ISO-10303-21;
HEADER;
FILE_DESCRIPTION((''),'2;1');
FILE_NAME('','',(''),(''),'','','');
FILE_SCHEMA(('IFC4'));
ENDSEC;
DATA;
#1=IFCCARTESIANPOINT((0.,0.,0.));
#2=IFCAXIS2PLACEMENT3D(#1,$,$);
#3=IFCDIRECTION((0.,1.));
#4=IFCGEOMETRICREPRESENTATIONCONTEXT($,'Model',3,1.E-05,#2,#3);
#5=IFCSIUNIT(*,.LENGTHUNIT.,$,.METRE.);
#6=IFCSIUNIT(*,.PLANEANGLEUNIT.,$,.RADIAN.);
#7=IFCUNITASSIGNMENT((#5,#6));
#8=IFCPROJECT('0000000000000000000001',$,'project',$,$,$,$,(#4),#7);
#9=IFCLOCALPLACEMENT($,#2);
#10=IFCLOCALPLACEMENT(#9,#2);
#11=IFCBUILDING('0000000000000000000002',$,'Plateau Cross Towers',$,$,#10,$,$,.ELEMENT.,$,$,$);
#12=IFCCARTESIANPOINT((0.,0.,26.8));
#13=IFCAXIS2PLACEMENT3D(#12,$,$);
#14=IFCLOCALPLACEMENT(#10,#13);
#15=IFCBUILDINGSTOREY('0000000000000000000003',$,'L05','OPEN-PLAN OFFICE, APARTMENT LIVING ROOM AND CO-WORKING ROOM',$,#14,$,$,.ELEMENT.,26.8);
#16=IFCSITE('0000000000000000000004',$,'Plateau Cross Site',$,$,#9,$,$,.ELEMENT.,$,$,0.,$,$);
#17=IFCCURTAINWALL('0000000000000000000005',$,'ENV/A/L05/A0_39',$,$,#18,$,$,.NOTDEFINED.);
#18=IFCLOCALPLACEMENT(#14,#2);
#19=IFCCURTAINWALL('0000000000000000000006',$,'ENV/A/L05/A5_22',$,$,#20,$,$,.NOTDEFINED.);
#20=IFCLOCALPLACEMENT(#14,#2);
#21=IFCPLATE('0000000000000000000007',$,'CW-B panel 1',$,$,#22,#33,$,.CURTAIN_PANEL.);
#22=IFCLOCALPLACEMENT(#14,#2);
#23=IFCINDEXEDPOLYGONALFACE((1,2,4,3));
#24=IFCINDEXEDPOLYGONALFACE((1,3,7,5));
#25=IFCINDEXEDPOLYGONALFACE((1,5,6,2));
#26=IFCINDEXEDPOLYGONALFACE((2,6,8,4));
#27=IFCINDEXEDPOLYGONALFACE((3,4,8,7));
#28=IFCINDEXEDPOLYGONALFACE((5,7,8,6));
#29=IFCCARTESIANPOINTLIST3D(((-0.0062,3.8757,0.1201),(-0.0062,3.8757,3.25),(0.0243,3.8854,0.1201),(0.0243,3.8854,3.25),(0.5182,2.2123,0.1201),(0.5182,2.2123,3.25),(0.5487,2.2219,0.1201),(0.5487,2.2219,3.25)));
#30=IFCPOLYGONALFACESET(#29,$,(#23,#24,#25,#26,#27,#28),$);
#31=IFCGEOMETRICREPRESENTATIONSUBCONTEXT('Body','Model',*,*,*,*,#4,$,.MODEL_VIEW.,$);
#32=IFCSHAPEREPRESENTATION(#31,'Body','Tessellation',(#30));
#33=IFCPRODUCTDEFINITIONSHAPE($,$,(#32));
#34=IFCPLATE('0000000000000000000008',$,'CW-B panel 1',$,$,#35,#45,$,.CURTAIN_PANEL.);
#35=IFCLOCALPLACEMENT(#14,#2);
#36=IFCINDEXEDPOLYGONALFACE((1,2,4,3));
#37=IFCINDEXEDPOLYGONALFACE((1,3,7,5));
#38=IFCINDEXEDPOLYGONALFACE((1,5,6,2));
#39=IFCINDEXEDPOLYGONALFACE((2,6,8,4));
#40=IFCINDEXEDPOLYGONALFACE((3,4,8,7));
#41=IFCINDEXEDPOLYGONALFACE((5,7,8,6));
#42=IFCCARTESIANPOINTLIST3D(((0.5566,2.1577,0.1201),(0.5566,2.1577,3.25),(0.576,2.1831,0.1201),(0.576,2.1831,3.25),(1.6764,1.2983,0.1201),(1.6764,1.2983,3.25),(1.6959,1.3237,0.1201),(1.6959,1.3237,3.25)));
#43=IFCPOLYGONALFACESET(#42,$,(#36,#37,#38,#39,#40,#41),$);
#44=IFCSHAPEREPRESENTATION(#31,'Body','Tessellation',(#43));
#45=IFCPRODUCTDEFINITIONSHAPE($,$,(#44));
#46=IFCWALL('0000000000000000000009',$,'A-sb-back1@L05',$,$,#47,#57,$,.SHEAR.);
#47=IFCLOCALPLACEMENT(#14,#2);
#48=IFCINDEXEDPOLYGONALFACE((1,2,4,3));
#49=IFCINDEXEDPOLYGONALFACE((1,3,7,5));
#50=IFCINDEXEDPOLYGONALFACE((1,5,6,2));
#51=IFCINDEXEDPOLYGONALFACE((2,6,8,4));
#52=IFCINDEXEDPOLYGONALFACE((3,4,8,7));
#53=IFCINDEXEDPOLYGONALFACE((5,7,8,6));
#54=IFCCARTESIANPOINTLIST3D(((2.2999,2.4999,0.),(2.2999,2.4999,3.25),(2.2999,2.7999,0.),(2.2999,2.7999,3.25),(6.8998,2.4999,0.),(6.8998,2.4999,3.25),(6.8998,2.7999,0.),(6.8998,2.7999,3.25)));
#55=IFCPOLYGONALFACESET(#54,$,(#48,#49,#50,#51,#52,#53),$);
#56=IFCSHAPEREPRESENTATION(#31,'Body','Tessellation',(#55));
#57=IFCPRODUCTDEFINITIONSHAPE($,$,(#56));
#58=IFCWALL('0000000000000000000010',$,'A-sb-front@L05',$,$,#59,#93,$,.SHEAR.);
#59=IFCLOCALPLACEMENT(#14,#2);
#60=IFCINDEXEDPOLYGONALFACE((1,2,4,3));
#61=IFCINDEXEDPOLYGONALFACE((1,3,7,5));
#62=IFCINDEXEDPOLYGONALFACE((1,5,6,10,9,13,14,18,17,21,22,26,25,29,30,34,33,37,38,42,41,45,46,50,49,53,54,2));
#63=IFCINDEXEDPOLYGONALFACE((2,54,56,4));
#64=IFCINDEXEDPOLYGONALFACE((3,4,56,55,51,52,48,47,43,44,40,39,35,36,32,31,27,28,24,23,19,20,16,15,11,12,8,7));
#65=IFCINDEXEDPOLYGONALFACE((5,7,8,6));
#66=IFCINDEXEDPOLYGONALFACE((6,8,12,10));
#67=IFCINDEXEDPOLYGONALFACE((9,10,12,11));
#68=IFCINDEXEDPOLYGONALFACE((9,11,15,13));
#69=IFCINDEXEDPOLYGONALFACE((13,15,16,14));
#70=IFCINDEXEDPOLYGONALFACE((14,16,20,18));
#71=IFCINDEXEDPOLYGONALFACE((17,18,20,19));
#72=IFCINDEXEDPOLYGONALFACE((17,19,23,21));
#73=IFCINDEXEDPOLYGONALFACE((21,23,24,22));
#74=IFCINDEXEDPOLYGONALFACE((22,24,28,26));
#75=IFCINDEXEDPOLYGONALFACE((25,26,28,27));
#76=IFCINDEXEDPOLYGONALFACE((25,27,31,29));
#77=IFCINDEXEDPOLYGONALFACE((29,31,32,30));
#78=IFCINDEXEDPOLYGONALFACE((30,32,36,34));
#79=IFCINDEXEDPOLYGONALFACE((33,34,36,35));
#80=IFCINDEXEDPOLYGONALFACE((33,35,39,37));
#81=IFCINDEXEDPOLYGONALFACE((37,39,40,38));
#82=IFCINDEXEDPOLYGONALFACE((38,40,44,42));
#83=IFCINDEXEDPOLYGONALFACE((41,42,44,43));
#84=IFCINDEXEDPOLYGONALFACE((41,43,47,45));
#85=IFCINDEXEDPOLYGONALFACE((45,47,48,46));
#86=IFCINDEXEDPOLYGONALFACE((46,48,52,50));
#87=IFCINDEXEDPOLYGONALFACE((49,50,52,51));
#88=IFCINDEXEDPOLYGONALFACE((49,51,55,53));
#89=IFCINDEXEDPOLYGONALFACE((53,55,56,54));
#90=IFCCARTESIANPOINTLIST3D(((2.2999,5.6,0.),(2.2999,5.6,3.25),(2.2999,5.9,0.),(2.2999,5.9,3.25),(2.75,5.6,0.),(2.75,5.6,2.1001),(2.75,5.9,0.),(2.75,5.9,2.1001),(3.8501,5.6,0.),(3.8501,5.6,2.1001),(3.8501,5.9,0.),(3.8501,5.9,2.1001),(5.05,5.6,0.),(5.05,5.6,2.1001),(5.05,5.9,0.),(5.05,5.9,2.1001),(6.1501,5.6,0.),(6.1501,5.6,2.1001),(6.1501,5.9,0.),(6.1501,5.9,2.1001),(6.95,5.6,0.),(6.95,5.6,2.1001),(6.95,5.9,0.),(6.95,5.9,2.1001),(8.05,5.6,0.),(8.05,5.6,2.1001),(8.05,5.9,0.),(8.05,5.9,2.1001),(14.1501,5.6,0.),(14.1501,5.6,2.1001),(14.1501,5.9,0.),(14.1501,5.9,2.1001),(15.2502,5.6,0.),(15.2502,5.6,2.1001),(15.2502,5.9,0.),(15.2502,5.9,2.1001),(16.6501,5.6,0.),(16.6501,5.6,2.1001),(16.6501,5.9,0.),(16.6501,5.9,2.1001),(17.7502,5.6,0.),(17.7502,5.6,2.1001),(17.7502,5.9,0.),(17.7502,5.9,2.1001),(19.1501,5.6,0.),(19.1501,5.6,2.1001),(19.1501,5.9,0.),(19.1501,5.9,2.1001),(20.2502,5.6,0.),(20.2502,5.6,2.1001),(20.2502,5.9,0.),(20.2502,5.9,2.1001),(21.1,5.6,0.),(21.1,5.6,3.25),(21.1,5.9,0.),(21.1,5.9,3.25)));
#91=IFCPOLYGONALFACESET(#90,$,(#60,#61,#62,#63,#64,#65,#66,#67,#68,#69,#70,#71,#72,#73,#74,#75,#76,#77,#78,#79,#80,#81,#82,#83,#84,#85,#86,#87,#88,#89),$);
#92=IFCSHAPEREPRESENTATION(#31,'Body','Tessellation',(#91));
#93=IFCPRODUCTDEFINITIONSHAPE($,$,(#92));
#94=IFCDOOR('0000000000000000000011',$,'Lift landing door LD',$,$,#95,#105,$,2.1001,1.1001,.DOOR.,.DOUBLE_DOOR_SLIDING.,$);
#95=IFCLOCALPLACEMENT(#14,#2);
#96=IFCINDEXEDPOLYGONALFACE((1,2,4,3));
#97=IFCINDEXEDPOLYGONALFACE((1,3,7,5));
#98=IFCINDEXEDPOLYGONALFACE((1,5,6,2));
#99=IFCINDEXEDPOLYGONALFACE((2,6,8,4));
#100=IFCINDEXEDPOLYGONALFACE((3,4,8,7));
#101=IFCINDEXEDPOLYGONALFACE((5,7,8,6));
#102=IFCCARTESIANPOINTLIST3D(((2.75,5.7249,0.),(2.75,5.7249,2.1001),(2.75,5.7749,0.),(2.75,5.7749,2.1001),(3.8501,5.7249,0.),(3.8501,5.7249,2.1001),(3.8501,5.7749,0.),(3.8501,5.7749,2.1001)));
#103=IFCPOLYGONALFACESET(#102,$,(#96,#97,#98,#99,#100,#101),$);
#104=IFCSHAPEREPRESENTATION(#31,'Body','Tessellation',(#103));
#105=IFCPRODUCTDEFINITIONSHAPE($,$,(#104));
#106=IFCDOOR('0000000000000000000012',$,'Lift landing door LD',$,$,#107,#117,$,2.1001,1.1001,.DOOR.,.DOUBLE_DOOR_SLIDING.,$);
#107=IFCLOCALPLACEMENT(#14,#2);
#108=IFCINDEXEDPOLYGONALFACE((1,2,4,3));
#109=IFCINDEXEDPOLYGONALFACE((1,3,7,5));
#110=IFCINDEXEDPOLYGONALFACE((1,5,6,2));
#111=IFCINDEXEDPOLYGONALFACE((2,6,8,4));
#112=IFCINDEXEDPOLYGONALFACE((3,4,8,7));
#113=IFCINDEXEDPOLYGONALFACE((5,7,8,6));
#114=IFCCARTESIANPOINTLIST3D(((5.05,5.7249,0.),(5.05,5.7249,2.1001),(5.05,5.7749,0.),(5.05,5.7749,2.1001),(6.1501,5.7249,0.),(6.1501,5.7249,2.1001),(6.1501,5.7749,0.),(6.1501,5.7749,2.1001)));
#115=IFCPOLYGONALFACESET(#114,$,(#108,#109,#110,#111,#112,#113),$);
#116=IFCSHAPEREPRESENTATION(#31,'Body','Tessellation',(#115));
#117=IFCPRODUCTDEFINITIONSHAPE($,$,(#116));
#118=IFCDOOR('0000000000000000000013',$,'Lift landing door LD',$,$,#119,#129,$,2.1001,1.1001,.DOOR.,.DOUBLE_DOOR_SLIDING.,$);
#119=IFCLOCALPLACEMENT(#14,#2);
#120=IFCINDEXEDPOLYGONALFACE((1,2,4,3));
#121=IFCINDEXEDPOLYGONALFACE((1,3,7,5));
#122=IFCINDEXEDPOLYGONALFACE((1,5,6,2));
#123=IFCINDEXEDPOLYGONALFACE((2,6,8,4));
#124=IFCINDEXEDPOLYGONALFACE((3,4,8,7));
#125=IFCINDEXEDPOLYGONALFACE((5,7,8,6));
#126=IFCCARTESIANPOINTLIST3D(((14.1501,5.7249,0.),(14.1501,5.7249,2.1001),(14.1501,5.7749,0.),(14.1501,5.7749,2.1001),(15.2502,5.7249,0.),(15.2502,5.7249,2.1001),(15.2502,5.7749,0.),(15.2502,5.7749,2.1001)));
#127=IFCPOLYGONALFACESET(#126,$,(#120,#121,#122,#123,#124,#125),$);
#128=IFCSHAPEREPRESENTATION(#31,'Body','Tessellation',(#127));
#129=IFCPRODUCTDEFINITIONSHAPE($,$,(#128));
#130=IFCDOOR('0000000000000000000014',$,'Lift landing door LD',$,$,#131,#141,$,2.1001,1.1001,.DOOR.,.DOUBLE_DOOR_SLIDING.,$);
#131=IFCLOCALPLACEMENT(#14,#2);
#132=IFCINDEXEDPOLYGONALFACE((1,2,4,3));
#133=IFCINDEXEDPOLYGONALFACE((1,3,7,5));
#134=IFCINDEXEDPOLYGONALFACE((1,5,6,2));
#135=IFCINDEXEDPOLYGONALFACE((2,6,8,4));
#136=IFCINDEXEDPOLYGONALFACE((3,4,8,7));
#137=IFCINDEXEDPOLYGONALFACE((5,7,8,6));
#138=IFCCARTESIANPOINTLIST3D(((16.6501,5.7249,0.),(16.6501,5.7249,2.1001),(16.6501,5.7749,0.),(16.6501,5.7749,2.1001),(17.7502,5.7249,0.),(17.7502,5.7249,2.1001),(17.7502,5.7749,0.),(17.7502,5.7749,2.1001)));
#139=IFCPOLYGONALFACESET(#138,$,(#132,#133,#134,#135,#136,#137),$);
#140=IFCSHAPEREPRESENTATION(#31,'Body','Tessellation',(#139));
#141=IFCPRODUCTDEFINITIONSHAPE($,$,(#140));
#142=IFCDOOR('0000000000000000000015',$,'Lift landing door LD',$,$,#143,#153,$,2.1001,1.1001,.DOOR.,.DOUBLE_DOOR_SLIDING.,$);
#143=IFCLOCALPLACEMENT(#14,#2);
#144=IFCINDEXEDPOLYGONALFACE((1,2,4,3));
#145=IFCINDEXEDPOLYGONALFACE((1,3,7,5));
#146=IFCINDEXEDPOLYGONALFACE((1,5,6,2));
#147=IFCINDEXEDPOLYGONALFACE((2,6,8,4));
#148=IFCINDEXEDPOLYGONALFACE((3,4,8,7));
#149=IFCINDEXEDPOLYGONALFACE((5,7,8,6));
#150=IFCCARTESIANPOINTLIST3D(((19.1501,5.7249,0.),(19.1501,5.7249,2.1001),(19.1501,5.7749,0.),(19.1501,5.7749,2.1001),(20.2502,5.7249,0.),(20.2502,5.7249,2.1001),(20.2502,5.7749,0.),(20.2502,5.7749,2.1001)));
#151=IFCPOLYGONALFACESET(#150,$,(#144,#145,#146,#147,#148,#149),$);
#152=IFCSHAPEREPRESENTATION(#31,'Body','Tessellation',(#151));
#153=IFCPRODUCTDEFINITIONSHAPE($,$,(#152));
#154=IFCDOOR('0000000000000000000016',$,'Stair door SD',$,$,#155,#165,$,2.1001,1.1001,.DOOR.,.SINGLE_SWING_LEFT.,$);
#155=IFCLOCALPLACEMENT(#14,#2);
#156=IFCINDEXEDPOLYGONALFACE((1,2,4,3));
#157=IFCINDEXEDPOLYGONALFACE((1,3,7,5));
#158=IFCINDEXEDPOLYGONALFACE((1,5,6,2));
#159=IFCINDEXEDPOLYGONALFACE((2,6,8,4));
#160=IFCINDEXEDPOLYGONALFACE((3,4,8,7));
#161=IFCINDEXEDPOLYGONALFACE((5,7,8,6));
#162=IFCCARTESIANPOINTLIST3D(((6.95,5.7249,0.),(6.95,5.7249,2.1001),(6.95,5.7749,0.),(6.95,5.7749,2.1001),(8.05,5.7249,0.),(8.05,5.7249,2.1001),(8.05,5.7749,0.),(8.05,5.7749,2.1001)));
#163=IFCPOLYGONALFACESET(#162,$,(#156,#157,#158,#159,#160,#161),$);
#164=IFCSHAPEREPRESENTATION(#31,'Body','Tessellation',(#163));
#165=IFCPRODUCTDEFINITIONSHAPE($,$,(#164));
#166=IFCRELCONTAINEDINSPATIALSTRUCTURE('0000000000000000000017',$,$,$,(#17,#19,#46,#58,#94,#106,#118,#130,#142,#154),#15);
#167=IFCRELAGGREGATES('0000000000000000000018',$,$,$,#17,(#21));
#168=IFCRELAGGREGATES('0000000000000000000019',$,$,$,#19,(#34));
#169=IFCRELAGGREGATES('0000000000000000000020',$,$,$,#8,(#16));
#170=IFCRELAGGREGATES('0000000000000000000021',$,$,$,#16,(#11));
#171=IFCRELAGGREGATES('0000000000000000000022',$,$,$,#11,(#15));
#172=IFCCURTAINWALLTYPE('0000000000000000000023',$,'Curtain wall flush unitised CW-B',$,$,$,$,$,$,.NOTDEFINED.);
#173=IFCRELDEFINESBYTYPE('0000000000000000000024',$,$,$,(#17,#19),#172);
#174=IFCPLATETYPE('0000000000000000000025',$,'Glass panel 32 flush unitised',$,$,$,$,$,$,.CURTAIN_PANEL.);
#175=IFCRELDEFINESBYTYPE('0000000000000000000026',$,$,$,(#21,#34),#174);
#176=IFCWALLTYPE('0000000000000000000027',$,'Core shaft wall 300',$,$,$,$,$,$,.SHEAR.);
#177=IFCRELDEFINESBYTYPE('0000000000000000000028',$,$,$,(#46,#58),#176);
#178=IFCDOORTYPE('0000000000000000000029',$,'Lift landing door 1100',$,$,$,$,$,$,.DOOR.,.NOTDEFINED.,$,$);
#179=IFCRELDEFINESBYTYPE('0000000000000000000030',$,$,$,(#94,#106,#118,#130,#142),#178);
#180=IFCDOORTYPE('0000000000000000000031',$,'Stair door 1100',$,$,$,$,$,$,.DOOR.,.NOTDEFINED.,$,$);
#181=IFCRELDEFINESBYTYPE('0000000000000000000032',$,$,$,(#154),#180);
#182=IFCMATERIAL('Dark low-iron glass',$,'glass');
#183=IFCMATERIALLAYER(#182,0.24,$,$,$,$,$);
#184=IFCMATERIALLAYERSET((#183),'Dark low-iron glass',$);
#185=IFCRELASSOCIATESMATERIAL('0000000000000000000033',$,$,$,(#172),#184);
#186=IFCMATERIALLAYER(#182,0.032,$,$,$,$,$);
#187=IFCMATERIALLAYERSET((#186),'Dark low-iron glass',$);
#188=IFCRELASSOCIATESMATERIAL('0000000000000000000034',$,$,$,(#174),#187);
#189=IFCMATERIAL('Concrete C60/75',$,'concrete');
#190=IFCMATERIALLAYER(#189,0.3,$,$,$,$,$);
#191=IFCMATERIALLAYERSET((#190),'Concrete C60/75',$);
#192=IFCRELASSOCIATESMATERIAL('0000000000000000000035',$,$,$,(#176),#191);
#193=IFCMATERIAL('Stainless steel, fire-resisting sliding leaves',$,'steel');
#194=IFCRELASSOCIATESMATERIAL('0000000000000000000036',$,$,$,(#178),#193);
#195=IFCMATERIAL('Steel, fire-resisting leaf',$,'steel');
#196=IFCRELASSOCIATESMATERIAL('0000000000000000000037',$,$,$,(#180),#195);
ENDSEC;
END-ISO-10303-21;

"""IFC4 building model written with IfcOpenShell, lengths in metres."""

from ifc_helpers import new_model, si_unit, direction, frame, frame_2d, origin, origin_2d, place, context, subcontext, project, spatial, rectangle, extrude, material, layer, layer_set, type_object, element, fill, aggregate, save


model = new_model("IFC4")

# Units and contexts
model_context = context("Model", 3, precision=1e-05, world=origin(), true_north=direction((0.0, 1.0)))
body_context = subcontext(model_context, "Body", "Model", "MODEL_VIEW")
ifc_project = project(units=[si_unit("LENGTHUNIT", "METRE"), si_unit("PLANEANGLEUNIT", "RADIAN")], contexts=[model_context])

# Site, building, storey
site_placement = place(None, origin())
site = spatial("IfcSite", under=ifc_project, at=site_placement, Name="Plateau Cross Site", CompositionType="ELEMENT", RefElevation=0.0)
building_placement = place(site_placement, origin())
building = spatial("IfcBuilding", under=site, at=building_placement, Name="Plateau Cross Towers", CompositionType="ELEMENT")
storey_placement = place(building_placement, frame((0.0, 0.0, 26.8)))
storey = spatial("IfcBuildingStorey", under=building, at=storey_placement, Name="L05", Description="OPEN-PLAN OFFICE, APARTMENT LIVING ROOM AND CO-WORKING ROOM", CompositionType="ELEMENT", Elevation=26.8)

# Shared definitions
ifc_material_1 = material(Name="Concrete C60/75", Category="concrete")

# Shared definitions
ifc_material_2 = material(Name="Dark low-iron glass", Category="glass")
ifc_layer_1 = layer(ifc_material_2, 0.24)
ifc_layer_set_1 = layer_set([ifc_layer_1], Name="Dark low-iron glass")
curtain_wall_type = type_object("IfcCurtainWallType", Name="Curtain wall flush unitised CW-B", PredefinedType="NOTDEFINED", material=ifc_layer_set_1)

# Curtain walls
curtain_wall_1_placement = place(storey_placement, origin())
curtain_wall_1 = element("IfcCurtainWall", 1, at=curtain_wall_1_placement, inside=storey, type_object=curtain_wall_type, Name="ENV/A/L05/A0_39", PredefinedType="NOTDEFINED")
curtain_wall_2_placement = place(storey_placement, origin())
curtain_wall_2 = element("IfcCurtainWall", 2, at=curtain_wall_2_placement, inside=storey, type_object=curtain_wall_type, Name="ENV/A/L05/A5_22", PredefinedType="NOTDEFINED")

# Plates
ifc_layer_2 = layer(ifc_material_2, 0.032)
ifc_layer_set_2 = layer_set([ifc_layer_2], Name="Dark low-iron glass")
plate_type = type_object("IfcPlateType", Name="Glass panel 32 flush unitised", PredefinedType="CURTAIN_PANEL", material=ifc_layer_set_2)
plate_1_placement = place(storey_placement, frame((0.2712, 3.0488, 0.1201), z_axis=(0.0, 0.0, 1.0), x_axis=(0.300686, -0.953723, 0.0)))
plate_1 = element("IfcPlate", 3, at=plate_1_placement, type_object=plate_type, Name="CW-B panel 1", PredefinedType="CURTAIN_PANEL", context=body_context, shape_type="SweptSolid", body=[
    extrude(rectangle(XDim=1.7441, YDim=0.032, at=origin_2d()), origin(), (0.0, 0.0, 1.0), 3.1299),
])
aggregate(curtain_wall_1, [plate_1])
plate_2_placement = place(storey_placement, frame((1.1262, 1.7407, 0.1201), z_axis=(0.0, 0.0, 1.0), x_axis=(0.793316, -0.608811, 0.0)))
plate_2 = element("IfcPlate", 4, at=plate_2_placement, type_object=plate_type, Name="CW-B panel 1", PredefinedType="CURTAIN_PANEL", context=body_context, shape_type="SweptSolid", body=[
    extrude(rectangle(XDim=1.4116, YDim=0.032, at=origin_2d()), origin(), (0.0, 0.0, 1.0), 3.1299),
])
aggregate(curtain_wall_2, [plate_2])

# Wall
ifc_layer_3 = layer(ifc_material_1, 0.3)
ifc_layer_set_3 = layer_set([ifc_layer_3], Name="Concrete C60/75")
wall_type_1 = type_object("IfcWallType", Name="Core shaft wall 300", PredefinedType="SHEAR", material=ifc_layer_set_3)
wall_1_placement = place(storey_placement, frame((2.3, 2.6499, 0.0), z_axis=(0.0, 0.0, 1.0), x_axis=(1.0, 0.0, 0.0)))
element("IfcWall", 5, at=wall_1_placement, inside=storey, type_object=wall_type_1, Name="A-sb-back1@L05", PredefinedType="SHEAR", context=body_context, shape_type="SweptSolid", body=[
    extrude(rectangle(XDim=4.5999, YDim=0.3, at=frame_2d((2.2998, 0.0))), origin(), (0.0, 0.0, 1.0), 3.25),
])

# Wall, openings, doors
wall_2_placement = place(storey_placement, frame((2.3, 5.75, 0.0), z_axis=(0.0, 0.0, 1.0), x_axis=(1.0, 0.0, 0.0)))
wall_2 = element("IfcWall", 6, at=wall_2_placement, inside=storey, type_object=wall_type_1, Name="A-sb-front@L05", PredefinedType="SHEAR", context=body_context, shape_type="SweptSolid", body=[
    extrude(rectangle(XDim=18.8, YDim=0.3, at=frame_2d((9.3999, 0.0))), origin(), (0.0, 0.0, 1.0), 3.25),
])
opening_1_placement = place(wall_2_placement, frame((4.6499, 0.0, 0.0)))
opening_1 = element("IfcOpeningElement", 7, at=opening_1_placement, cuts=wall_2, PredefinedType="OPENING", context=body_context, shape_type="SweptSolid", body=[
    extrude(rectangle(XDim=1.1001, YDim=2.1001, at=frame_2d((0.55, 1.05))), frame((0.0, 0.1599, 0.0), z_axis=(0.0, -1.0, 0.0), x_axis=(1.0, 0.0, 0.0)), (0.0, 0.0, 1.0), 0.3201),
])
opening_2_placement = place(wall_2_placement, frame((0.45, 0.0, 0.0)))
opening_2 = element("IfcOpeningElement", 8, at=opening_2_placement, cuts=wall_2, PredefinedType="OPENING", context=body_context, shape_type="SweptSolid", body=[
    extrude(rectangle(XDim=1.1001, YDim=2.1001, at=frame_2d((0.55, 1.05))), frame((0.0, 0.1599, 0.0), z_axis=(0.0, -1.0, 0.0), x_axis=(1.0, 0.0, 0.0)), (0.0, 0.0, 1.0), 0.3201),
])
opening_3_placement = place(wall_2_placement, frame((2.75, 0.0, 0.0)))
opening_3 = element("IfcOpeningElement", 9, at=opening_3_placement, cuts=wall_2, PredefinedType="OPENING", context=body_context, shape_type="SweptSolid", body=[
    extrude(rectangle(XDim=1.1001, YDim=2.1001, at=frame_2d((0.55, 1.05))), frame((0.0, 0.1599, 0.0), z_axis=(0.0, -1.0, 0.0), x_axis=(1.0, 0.0, 0.0)), (0.0, 0.0, 1.0), 0.3201),
])
opening_4_placement = place(wall_2_placement, frame((11.8501, 0.0, 0.0)))
opening_4 = element("IfcOpeningElement", 10, at=opening_4_placement, cuts=wall_2, PredefinedType="OPENING", context=body_context, shape_type="SweptSolid", body=[
    extrude(rectangle(XDim=1.1001, YDim=2.1001, at=frame_2d((0.55, 1.05))), frame((0.0, 0.1599, 0.0), z_axis=(0.0, -1.0, 0.0), x_axis=(1.0, 0.0, 0.0)), (0.0, 0.0, 1.0), 0.3201),
])
opening_5_placement = place(wall_2_placement, frame((14.3501, 0.0, 0.0)))
opening_5 = element("IfcOpeningElement", 11, at=opening_5_placement, cuts=wall_2, PredefinedType="OPENING", context=body_context, shape_type="SweptSolid", body=[
    extrude(rectangle(XDim=1.1001, YDim=2.1001, at=frame_2d((0.55, 1.05))), frame((0.0, 0.1599, 0.0), z_axis=(0.0, -1.0, 0.0), x_axis=(1.0, 0.0, 0.0)), (0.0, 0.0, 1.0), 0.3201),
])
opening_6_placement = place(wall_2_placement, frame((16.8501, 0.0, 0.0)))
opening_6 = element("IfcOpeningElement", 12, at=opening_6_placement, cuts=wall_2, PredefinedType="OPENING", context=body_context, shape_type="SweptSolid", body=[
    extrude(rectangle(XDim=1.1001, YDim=2.1001, at=frame_2d((0.55, 1.05))), frame((0.0, 0.1599, 0.0), z_axis=(0.0, -1.0, 0.0), x_axis=(1.0, 0.0, 0.0)), (0.0, 0.0, 1.0), 0.3201),
])
ifc_material_3 = material(Name="Stainless steel, fire-resisting sliding leaves", Category="steel")
door_type_1 = type_object("IfcDoorType", Name="Lift landing door 1100", OperationType="NOTDEFINED", PredefinedType="DOOR", material=ifc_material_3)
door_1_placement = place(opening_2_placement, origin())
door_1 = element("IfcDoor", 13, at=door_1_placement, inside=storey, type_object=door_type_1, Name="Lift landing door LD", OperationType="DOUBLE_DOOR_SLIDING", OverallHeight=2.1001, OverallWidth=1.1001, PredefinedType="DOOR", context=body_context, shape_type="SweptSolid", body=[
    extrude(rectangle(XDim=1.1001, YDim=2.1001, at=frame_2d((0.55, 1.05))), frame((0.0, 0.0249, 0.0), z_axis=(0.0, -1.0, 0.0), x_axis=(1.0, 0.0, 0.0)), (0.0, 0.0, 1.0), 0.05),
])
fill(opening_2, door_1)
door_2_placement = place(opening_3_placement, origin())
door_2 = element("IfcDoor", 14, at=door_2_placement, inside=storey, type_object=door_type_1, Name="Lift landing door LD", OperationType="DOUBLE_DOOR_SLIDING", OverallHeight=2.1001, OverallWidth=1.1001, PredefinedType="DOOR", context=body_context, shape_type="SweptSolid", body=[
    extrude(rectangle(XDim=1.1001, YDim=2.1001, at=frame_2d((0.55, 1.05))), frame((0.0, 0.0249, 0.0), z_axis=(0.0, -1.0, 0.0), x_axis=(1.0, 0.0, 0.0)), (0.0, 0.0, 1.0), 0.05),
])
fill(opening_3, door_2)
door_3_placement = place(opening_4_placement, origin())
door_3 = element("IfcDoor", 15, at=door_3_placement, inside=storey, type_object=door_type_1, Name="Lift landing door LD", OperationType="DOUBLE_DOOR_SLIDING", OverallHeight=2.1001, OverallWidth=1.1001, PredefinedType="DOOR", context=body_context, shape_type="SweptSolid", body=[
    extrude(rectangle(XDim=1.1001, YDim=2.1001, at=frame_2d((0.55, 1.05))), frame((0.0, 0.0249, 0.0), z_axis=(0.0, -1.0, 0.0), x_axis=(1.0, 0.0, 0.0)), (0.0, 0.0, 1.0), 0.05),
])
fill(opening_4, door_3)
door_4_placement = place(opening_5_placement, origin())
door_4 = element("IfcDoor", 16, at=door_4_placement, inside=storey, type_object=door_type_1, Name="Lift landing door LD", OperationType="DOUBLE_DOOR_SLIDING", OverallHeight=2.1001, OverallWidth=1.1001, PredefinedType="DOOR", context=body_context, shape_type="SweptSolid", body=[
    extrude(rectangle(XDim=1.1001, YDim=2.1001, at=frame_2d((0.55, 1.05))), frame((0.0, 0.0249, 0.0), z_axis=(0.0, -1.0, 0.0), x_axis=(1.0, 0.0, 0.0)), (0.0, 0.0, 1.0), 0.05),
])
fill(opening_5, door_4)
door_5_placement = place(opening_6_placement, origin())
door_5 = element("IfcDoor", 17, at=door_5_placement, inside=storey, type_object=door_type_1, Name="Lift landing door LD", OperationType="DOUBLE_DOOR_SLIDING", OverallHeight=2.1001, OverallWidth=1.1001, PredefinedType="DOOR", context=body_context, shape_type="SweptSolid", body=[
    extrude(rectangle(XDim=1.1001, YDim=2.1001, at=frame_2d((0.55, 1.05))), frame((0.0, 0.0249, 0.0), z_axis=(0.0, -1.0, 0.0), x_axis=(1.0, 0.0, 0.0)), (0.0, 0.0, 1.0), 0.05),
])
fill(opening_6, door_5)
ifc_material_4 = material(Name="Steel, fire-resisting leaf", Category="steel")
door_type_2 = type_object("IfcDoorType", Name="Stair door 1100", OperationType="NOTDEFINED", PredefinedType="DOOR", material=ifc_material_4)
door_6_placement = place(opening_1_placement, origin())
door_6 = element("IfcDoor", 18, at=door_6_placement, inside=storey, type_object=door_type_2, Name="Stair door SD", OperationType="SINGLE_SWING_LEFT", OverallHeight=2.1001, OverallWidth=1.1001, PredefinedType="DOOR", context=body_context, shape_type="SweptSolid", body=[
    extrude(rectangle(XDim=1.1001, YDim=2.1001, at=frame_2d((0.55, 1.05))), frame((0.0, 0.0249, 0.0), z_axis=(0.0, -1.0, 0.0), x_axis=(1.0, 0.0, 0.0)), (0.0, 0.0, 1.0), 0.05),
])
fill(opening_1, door_6)

save(model, "model.ifc")
